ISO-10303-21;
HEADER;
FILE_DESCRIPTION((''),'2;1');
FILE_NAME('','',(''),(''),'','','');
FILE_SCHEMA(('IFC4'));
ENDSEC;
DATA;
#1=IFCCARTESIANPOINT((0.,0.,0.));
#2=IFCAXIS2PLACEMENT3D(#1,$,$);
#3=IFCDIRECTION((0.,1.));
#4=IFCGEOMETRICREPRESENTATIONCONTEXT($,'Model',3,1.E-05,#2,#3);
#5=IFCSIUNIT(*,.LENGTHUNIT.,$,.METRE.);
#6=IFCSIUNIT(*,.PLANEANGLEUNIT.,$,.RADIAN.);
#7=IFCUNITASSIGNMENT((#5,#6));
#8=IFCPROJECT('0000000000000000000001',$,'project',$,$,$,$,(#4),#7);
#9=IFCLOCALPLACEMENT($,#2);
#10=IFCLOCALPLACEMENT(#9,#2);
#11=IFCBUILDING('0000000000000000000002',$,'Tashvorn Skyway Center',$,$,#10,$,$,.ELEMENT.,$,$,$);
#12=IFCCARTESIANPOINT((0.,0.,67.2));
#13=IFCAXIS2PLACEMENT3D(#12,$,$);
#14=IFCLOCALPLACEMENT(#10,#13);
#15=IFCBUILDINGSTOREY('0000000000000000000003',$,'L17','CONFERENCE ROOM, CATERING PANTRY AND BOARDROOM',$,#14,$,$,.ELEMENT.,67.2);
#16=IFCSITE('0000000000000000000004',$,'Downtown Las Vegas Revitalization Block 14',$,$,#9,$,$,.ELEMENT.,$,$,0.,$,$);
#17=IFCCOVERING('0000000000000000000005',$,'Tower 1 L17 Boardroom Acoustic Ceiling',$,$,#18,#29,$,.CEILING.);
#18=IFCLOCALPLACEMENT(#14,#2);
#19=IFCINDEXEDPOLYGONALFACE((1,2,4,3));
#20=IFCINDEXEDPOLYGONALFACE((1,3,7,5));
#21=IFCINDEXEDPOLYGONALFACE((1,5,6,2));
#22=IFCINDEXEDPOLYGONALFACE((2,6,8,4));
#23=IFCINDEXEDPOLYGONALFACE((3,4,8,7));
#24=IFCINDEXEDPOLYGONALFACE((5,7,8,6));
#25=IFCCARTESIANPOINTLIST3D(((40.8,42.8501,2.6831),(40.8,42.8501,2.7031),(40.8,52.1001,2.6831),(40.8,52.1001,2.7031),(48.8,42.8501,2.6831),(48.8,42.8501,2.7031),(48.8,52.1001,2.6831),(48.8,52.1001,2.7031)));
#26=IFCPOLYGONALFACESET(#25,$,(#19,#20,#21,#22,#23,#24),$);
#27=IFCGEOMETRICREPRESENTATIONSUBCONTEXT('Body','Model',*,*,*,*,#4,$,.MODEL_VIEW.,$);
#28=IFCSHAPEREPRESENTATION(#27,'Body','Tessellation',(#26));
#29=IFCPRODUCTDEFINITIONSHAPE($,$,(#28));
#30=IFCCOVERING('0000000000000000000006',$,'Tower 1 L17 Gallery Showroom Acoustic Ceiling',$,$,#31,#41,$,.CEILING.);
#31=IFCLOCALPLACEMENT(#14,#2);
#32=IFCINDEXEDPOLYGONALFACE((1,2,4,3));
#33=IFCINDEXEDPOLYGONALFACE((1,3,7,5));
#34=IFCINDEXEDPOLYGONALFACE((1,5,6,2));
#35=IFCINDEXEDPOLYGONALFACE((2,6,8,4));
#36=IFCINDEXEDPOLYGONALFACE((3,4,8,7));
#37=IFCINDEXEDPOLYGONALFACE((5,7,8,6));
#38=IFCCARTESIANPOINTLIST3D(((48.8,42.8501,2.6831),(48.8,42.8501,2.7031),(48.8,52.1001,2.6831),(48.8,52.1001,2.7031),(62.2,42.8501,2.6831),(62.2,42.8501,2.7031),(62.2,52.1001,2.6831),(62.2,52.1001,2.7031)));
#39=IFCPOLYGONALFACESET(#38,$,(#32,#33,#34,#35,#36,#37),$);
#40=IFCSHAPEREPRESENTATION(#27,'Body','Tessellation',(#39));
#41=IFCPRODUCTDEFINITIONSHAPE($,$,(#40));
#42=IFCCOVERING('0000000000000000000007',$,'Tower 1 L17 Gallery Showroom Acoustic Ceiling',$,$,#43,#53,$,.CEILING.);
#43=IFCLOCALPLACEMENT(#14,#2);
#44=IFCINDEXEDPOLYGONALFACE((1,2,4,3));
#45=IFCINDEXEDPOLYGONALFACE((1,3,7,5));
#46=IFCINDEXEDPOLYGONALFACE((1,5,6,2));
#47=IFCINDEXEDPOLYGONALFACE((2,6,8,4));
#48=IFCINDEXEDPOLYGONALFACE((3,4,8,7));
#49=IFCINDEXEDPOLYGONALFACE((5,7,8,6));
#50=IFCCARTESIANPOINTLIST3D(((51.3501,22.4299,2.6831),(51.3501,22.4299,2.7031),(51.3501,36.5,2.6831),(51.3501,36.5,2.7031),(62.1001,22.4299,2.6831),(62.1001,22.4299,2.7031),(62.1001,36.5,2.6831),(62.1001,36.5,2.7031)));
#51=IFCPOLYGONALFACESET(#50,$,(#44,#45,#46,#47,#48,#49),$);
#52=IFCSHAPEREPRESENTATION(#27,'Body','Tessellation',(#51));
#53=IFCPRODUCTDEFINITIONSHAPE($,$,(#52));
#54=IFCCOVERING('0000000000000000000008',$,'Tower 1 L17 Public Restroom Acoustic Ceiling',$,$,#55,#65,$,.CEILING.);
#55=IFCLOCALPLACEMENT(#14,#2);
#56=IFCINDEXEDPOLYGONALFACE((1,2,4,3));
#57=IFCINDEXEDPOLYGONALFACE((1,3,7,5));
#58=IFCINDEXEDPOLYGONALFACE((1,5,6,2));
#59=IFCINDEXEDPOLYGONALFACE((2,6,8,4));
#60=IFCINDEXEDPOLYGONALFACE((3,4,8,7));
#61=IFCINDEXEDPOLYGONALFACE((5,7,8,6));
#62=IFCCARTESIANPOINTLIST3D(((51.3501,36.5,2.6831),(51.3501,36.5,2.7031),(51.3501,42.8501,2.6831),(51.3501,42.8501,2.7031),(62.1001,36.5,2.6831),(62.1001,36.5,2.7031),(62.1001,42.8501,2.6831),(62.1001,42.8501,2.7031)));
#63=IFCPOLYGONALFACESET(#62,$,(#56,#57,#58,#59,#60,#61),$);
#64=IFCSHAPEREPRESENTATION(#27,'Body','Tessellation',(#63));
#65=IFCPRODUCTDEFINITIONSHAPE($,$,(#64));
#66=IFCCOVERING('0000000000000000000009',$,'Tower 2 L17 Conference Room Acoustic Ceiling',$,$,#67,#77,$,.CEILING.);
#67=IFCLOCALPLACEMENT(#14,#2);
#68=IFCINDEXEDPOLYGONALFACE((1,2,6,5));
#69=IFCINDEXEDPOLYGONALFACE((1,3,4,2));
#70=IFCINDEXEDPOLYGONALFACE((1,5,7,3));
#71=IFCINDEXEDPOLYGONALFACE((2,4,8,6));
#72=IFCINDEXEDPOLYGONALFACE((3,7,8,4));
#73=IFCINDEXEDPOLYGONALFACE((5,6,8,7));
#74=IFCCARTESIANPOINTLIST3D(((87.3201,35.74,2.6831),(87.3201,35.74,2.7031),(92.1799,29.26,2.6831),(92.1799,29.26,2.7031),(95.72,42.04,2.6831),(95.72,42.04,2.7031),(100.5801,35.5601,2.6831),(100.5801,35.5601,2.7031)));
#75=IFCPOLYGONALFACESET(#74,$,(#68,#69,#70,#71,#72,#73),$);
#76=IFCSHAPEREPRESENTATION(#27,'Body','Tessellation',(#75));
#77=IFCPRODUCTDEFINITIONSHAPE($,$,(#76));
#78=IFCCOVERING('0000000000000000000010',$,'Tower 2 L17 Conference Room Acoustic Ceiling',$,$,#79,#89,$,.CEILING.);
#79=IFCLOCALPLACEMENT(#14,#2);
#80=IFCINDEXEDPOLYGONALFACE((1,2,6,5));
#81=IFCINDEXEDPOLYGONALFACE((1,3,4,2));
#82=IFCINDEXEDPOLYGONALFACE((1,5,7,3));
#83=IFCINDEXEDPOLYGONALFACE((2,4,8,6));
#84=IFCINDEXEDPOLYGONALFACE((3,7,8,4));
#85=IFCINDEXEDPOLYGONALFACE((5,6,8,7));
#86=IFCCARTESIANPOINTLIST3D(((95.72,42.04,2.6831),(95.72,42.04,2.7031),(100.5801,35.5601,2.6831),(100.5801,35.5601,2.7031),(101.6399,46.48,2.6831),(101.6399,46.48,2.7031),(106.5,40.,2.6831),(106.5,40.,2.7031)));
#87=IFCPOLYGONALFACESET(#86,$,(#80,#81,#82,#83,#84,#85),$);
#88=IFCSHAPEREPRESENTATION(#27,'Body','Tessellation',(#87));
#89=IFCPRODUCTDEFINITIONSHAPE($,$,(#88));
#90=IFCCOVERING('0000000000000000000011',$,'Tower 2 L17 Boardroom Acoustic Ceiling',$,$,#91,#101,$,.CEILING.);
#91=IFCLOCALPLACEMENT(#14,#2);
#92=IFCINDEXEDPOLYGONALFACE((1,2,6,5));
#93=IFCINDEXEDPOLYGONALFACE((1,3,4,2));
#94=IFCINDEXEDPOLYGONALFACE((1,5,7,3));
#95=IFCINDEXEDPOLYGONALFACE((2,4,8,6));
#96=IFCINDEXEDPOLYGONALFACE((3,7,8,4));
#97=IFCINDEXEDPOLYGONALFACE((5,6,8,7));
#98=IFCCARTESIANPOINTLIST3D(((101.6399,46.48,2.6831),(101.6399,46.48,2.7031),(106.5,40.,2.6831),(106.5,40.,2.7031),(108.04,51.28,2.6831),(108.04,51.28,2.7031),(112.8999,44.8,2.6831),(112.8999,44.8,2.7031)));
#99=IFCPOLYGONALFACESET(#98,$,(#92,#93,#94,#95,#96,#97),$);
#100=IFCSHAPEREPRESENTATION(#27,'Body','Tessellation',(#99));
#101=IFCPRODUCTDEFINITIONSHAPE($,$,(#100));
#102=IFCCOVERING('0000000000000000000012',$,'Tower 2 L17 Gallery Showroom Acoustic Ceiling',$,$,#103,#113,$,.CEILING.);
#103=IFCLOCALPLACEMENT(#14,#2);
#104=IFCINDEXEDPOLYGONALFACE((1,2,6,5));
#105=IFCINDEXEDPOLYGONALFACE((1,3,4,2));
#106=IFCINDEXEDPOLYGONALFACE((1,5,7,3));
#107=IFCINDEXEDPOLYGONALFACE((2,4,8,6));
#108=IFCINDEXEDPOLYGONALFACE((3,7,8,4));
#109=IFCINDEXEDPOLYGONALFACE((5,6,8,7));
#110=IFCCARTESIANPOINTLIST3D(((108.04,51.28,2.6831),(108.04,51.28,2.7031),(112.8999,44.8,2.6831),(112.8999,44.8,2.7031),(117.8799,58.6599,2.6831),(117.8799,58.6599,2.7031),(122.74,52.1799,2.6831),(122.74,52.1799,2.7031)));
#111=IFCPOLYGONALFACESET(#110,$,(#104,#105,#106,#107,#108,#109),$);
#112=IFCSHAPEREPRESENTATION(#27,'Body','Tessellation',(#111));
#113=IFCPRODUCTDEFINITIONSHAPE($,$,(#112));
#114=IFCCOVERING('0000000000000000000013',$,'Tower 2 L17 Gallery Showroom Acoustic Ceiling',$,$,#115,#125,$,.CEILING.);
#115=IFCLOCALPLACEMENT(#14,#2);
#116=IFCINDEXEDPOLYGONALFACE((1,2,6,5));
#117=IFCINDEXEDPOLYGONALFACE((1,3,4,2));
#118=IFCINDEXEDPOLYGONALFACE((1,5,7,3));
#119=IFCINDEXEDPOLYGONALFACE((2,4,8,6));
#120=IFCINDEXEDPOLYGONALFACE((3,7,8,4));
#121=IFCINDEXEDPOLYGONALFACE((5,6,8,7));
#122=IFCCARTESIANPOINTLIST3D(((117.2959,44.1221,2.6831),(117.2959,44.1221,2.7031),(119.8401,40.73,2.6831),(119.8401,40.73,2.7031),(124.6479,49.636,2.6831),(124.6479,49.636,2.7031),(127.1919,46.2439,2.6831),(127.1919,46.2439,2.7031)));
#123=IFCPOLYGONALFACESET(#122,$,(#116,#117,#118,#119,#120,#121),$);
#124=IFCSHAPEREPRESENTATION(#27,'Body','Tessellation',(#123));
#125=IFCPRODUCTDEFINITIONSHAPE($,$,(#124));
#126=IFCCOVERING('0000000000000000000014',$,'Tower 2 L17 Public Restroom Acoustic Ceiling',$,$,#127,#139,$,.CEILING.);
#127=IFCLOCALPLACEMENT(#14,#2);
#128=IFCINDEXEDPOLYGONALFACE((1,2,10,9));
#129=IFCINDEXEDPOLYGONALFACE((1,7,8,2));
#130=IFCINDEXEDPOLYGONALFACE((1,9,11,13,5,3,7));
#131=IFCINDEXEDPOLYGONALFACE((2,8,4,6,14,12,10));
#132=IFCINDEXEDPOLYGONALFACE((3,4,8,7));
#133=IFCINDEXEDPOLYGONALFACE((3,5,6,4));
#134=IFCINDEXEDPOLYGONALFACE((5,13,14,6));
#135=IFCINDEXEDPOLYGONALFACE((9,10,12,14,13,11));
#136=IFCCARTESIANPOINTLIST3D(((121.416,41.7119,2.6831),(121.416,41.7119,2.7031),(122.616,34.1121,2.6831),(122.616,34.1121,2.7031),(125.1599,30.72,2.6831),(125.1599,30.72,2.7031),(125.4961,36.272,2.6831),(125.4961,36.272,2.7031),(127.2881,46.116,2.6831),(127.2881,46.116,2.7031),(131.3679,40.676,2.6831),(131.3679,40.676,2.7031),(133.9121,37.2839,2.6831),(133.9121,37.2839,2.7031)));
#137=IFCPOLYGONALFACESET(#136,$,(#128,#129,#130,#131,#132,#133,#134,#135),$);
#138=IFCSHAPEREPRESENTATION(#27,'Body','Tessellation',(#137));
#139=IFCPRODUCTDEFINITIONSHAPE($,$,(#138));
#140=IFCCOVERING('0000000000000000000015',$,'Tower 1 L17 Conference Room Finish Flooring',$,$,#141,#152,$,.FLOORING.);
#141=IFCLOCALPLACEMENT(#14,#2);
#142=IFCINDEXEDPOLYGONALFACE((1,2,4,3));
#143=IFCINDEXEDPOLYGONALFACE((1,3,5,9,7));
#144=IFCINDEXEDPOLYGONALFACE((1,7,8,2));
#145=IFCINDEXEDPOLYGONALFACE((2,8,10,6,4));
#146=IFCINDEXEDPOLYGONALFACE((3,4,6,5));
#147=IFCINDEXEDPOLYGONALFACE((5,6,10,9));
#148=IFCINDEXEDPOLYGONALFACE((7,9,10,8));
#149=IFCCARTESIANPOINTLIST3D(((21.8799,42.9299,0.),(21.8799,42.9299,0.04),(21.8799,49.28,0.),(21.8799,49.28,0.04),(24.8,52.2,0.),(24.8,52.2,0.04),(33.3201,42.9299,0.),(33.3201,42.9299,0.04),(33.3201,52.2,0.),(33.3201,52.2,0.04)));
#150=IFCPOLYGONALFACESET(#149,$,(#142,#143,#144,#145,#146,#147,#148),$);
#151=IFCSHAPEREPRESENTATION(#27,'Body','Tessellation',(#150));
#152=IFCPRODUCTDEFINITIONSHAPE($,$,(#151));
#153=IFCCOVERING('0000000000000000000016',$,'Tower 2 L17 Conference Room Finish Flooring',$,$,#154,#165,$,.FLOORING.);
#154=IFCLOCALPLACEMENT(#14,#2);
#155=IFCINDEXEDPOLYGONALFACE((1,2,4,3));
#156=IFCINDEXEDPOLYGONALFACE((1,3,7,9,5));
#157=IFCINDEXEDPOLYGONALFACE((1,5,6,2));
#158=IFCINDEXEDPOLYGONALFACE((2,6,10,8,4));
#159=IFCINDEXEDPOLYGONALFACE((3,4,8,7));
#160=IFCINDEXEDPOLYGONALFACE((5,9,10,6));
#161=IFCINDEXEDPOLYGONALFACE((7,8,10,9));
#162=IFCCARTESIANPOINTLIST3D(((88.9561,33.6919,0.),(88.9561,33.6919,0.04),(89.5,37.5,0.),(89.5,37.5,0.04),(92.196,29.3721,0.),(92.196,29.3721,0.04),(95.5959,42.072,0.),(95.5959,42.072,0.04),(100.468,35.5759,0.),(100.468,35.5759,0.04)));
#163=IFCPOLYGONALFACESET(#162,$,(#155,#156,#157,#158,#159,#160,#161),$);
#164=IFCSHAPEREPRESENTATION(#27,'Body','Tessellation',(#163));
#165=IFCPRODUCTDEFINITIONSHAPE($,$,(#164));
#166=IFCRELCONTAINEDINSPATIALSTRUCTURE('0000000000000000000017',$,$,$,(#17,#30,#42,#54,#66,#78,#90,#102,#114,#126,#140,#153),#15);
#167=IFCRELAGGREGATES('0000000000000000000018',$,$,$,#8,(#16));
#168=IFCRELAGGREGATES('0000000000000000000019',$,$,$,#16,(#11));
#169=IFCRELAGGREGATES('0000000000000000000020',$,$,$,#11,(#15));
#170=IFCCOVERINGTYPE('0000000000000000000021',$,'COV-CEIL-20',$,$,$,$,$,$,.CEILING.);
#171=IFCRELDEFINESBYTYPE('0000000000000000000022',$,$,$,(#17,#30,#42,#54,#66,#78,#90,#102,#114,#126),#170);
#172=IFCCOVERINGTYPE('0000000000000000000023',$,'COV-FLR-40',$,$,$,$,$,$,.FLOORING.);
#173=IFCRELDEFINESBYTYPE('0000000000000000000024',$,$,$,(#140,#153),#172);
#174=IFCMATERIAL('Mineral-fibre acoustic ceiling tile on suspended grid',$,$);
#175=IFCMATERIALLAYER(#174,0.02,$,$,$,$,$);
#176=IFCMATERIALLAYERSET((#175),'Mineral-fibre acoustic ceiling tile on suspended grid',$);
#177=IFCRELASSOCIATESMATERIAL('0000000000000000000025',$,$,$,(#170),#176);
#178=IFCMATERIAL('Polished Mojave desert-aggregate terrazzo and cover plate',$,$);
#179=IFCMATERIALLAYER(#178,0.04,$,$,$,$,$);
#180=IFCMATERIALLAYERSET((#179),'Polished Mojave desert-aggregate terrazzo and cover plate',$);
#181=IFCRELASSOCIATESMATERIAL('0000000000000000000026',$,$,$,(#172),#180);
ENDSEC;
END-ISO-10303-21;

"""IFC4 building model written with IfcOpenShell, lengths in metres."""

from ifc_helpers import new_model, si_unit, direction, frame, origin, place, context, subcontext, project, spatial, polyline, outline, extrude, material, layer, layer_set, type_object, element, save


model = new_model("IFC4")

# Units and contexts
model_context = context("Model", 3, precision=1e-05, world=origin(), true_north=direction((0.0, 1.0)))
body_context = subcontext(model_context, "Body", "Model", "MODEL_VIEW")
ifc_project = project(units=[si_unit("LENGTHUNIT", "METRE"), si_unit("PLANEANGLEUNIT", "RADIAN")], contexts=[model_context])

# Site, building, storey
site_placement = place(None, origin())
site = spatial("IfcSite", under=ifc_project, at=site_placement, Name="Downtown Las Vegas Revitalization Block 14", CompositionType="ELEMENT", RefElevation=0.0)
building_placement = place(site_placement, origin())
building = spatial("IfcBuilding", under=site, at=building_placement, Name="Tashvorn Skyway Center", CompositionType="ELEMENT")
storey_placement = place(building_placement, frame((0.0, 0.0, 67.2)))
storey = spatial("IfcBuildingStorey", under=building, at=storey_placement, Name="L17", Description="CONFERENCE ROOM, CATERING PANTRY AND BOARDROOM", CompositionType="ELEMENT", Elevation=67.2)

# Coverings
ifc_material_1 = material(Name="Mineral-fibre acoustic ceiling tile on suspended grid")
ifc_layer_1 = layer(ifc_material_1, 0.02)
ifc_layer_set_1 = layer_set([ifc_layer_1], Name="Mineral-fibre acoustic ceiling tile on suspended grid")
covering_type_1 = type_object("IfcCoveringType", Name="COV-CEIL-20", PredefinedType="CEILING", material=ifc_layer_set_1)
covering_1_placement = place(storey_placement, frame((0.0, 0.0, 2.6831)))
element("IfcCovering", 1, at=covering_1_placement, inside=storey, type_object=covering_type_1, Name="Tower 1 L17 Boardroom Acoustic Ceiling", PredefinedType="CEILING", context=body_context, shape_type="SweptSolid", body=[
    extrude(outline(polyline([(40.8, 42.8501), (48.8, 42.8501), (48.8, 52.1001), (40.8, 52.1001), (40.8, 42.8501)])), origin(), (0.0, 0.0, 1.0), 0.02),
])
covering_2_placement = place(storey_placement, frame((0.0, 0.0, 2.6831)))
element("IfcCovering", 2, at=covering_2_placement, inside=storey, type_object=covering_type_1, Name="Tower 1 L17 Gallery Showroom Acoustic Ceiling", PredefinedType="CEILING", context=body_context, shape_type="SweptSolid", body=[
    extrude(outline(polyline([(48.8, 42.8501), (62.2, 42.8501), (62.2, 52.1001), (48.8, 52.1001), (48.8, 42.8501)])), origin(), (0.0, 0.0, 1.0), 0.02),
])
covering_3_placement = place(storey_placement, frame((0.0, 0.0, 2.6831)))
element("IfcCovering", 3, at=covering_3_placement, inside=storey, type_object=covering_type_1, Name="Tower 1 L17 Gallery Showroom Acoustic Ceiling", PredefinedType="CEILING", context=body_context, shape_type="SweptSolid", body=[
    extrude(outline(polyline([(51.3501, 22.4299), (62.1001, 22.4299), (62.1001, 36.5), (51.3501, 36.5), (51.3501, 22.4299)])), origin(), (0.0, 0.0, 1.0), 0.02),
])
covering_4_placement = place(storey_placement, frame((0.0, 0.0, 2.6831)))
element("IfcCovering", 4, at=covering_4_placement, inside=storey, type_object=covering_type_1, Name="Tower 1 L17 Public Restroom Acoustic Ceiling", PredefinedType="CEILING", context=body_context, shape_type="SweptSolid", body=[
    extrude(outline(polyline([(51.3501, 36.5), (62.1001, 36.5), (62.1001, 42.8501), (51.3501, 42.8501), (51.3501, 36.5)])), origin(), (0.0, 0.0, 1.0), 0.02),
])
covering_5_placement = place(storey_placement, frame((0.0, 0.0, 2.6831)))
element("IfcCovering", 5, at=covering_5_placement, inside=storey, type_object=covering_type_1, Name="Tower 2 L17 Conference Room Acoustic Ceiling", PredefinedType="CEILING", context=body_context, shape_type="SweptSolid", body=[
    extrude(outline(polyline([(92.1799, 29.26), (100.5801, 35.5601), (95.72, 42.04), (87.3201, 35.74), (92.1799, 29.26)])), origin(), (0.0, 0.0, 1.0), 0.02),
])
covering_6_placement = place(storey_placement, frame((0.0, 0.0, 2.6831)))
element("IfcCovering", 6, at=covering_6_placement, inside=storey, type_object=covering_type_1, Name="Tower 2 L17 Conference Room Acoustic Ceiling", PredefinedType="CEILING", context=body_context, shape_type="SweptSolid", body=[
    extrude(outline(polyline([(100.5801, 35.5601), (106.5, 40.0), (101.6399, 46.48), (95.72, 42.04), (100.5801, 35.5601)])), origin(), (0.0, 0.0, 1.0), 0.02),
])
covering_7_placement = place(storey_placement, frame((0.0, 0.0, 2.6831)))
element("IfcCovering", 7, at=covering_7_placement, inside=storey, type_object=covering_type_1, Name="Tower 2 L17 Boardroom Acoustic Ceiling", PredefinedType="CEILING", context=body_context, shape_type="SweptSolid", body=[
    extrude(outline(polyline([(106.5, 40.0), (112.8999, 44.8), (108.04, 51.28), (101.6399, 46.48), (106.5, 40.0)])), origin(), (0.0, 0.0, 1.0), 0.02),
])
covering_8_placement = place(storey_placement, frame((0.0, 0.0, 2.6831)))
element("IfcCovering", 8, at=covering_8_placement, inside=storey, type_object=covering_type_1, Name="Tower 2 L17 Gallery Showroom Acoustic Ceiling", PredefinedType="CEILING", context=body_context, shape_type="SweptSolid", body=[
    extrude(outline(polyline([(112.8999, 44.8), (122.74, 52.1799), (117.8799, 58.6599), (108.04, 51.28), (112.8999, 44.8)])), origin(), (0.0, 0.0, 1.0), 0.02),
])
covering_9_placement = place(storey_placement, frame((0.0, 0.0, 2.6831)))
element("IfcCovering", 9, at=covering_9_placement, inside=storey, type_object=covering_type_1, Name="Tower 2 L17 Gallery Showroom Acoustic Ceiling", PredefinedType="CEILING", context=body_context, shape_type="SweptSolid", body=[
    extrude(outline(polyline([(119.8401, 40.73), (117.2959, 44.1221), (124.6479, 49.636), (127.1919, 46.2439), (119.8401, 40.73)])), origin(), (0.0, 0.0, 1.0), 0.02),
])
covering_10_placement = place(storey_placement, frame((0.0, 0.0, 2.6831)))
element("IfcCovering", 10, at=covering_10_placement, inside=storey, type_object=covering_type_1, Name="Tower 2 L17 Public Restroom Acoustic Ceiling", PredefinedType="CEILING", context=body_context, shape_type="SweptSolid", body=[
    extrude(outline(polyline([(125.1599, 30.72), (122.616, 34.1121), (125.4961, 36.272), (121.416, 41.7119), (127.2881, 46.116), (131.3679, 40.676), (133.9121, 37.2839), (125.1599, 30.72)])), origin(), (0.0, 0.0, 1.0), 0.02),
])
ifc_material_2 = material(Name="Polished Mojave desert-aggregate terrazzo and cover plate")
ifc_layer_2 = layer(ifc_material_2, 0.04)
ifc_layer_set_2 = layer_set([ifc_layer_2], Name="Polished Mojave desert-aggregate terrazzo and cover plate")
covering_type_2 = type_object("IfcCoveringType", Name="COV-FLR-40", PredefinedType="FLOORING", material=ifc_layer_set_2)
covering_11_placement = place(storey_placement, origin())
element("IfcCovering", 11, at=covering_11_placement, inside=storey, type_object=covering_type_2, Name="Tower 1 L17 Conference Room Finish Flooring", PredefinedType="FLOORING", context=body_context, shape_type="SweptSolid", body=[
    extrude(outline(polyline([(33.3201, 42.9299), (21.8799, 42.9299), (21.8799, 49.28), (24.8, 52.2), (33.3201, 52.2), (33.3201, 42.9299)])), origin(), (0.0, 0.0, 1.0), 0.04),
])
covering_12_placement = place(storey_placement, origin())
element("IfcCovering", 12, at=covering_12_placement, inside=storey, type_object=covering_type_2, Name="Tower 2 L17 Conference Room Finish Flooring", PredefinedType="FLOORING", context=body_context, shape_type="SweptSolid", body=[
    extrude(outline(polyline([(100.468, 35.5759), (92.196, 29.3721), (88.9561, 33.6919), (89.5, 37.5), (95.5959, 42.072), (100.468, 35.5759)])), origin(), (0.0, 0.0, 1.0), 0.04),
])

save(model, "model.ifc")
